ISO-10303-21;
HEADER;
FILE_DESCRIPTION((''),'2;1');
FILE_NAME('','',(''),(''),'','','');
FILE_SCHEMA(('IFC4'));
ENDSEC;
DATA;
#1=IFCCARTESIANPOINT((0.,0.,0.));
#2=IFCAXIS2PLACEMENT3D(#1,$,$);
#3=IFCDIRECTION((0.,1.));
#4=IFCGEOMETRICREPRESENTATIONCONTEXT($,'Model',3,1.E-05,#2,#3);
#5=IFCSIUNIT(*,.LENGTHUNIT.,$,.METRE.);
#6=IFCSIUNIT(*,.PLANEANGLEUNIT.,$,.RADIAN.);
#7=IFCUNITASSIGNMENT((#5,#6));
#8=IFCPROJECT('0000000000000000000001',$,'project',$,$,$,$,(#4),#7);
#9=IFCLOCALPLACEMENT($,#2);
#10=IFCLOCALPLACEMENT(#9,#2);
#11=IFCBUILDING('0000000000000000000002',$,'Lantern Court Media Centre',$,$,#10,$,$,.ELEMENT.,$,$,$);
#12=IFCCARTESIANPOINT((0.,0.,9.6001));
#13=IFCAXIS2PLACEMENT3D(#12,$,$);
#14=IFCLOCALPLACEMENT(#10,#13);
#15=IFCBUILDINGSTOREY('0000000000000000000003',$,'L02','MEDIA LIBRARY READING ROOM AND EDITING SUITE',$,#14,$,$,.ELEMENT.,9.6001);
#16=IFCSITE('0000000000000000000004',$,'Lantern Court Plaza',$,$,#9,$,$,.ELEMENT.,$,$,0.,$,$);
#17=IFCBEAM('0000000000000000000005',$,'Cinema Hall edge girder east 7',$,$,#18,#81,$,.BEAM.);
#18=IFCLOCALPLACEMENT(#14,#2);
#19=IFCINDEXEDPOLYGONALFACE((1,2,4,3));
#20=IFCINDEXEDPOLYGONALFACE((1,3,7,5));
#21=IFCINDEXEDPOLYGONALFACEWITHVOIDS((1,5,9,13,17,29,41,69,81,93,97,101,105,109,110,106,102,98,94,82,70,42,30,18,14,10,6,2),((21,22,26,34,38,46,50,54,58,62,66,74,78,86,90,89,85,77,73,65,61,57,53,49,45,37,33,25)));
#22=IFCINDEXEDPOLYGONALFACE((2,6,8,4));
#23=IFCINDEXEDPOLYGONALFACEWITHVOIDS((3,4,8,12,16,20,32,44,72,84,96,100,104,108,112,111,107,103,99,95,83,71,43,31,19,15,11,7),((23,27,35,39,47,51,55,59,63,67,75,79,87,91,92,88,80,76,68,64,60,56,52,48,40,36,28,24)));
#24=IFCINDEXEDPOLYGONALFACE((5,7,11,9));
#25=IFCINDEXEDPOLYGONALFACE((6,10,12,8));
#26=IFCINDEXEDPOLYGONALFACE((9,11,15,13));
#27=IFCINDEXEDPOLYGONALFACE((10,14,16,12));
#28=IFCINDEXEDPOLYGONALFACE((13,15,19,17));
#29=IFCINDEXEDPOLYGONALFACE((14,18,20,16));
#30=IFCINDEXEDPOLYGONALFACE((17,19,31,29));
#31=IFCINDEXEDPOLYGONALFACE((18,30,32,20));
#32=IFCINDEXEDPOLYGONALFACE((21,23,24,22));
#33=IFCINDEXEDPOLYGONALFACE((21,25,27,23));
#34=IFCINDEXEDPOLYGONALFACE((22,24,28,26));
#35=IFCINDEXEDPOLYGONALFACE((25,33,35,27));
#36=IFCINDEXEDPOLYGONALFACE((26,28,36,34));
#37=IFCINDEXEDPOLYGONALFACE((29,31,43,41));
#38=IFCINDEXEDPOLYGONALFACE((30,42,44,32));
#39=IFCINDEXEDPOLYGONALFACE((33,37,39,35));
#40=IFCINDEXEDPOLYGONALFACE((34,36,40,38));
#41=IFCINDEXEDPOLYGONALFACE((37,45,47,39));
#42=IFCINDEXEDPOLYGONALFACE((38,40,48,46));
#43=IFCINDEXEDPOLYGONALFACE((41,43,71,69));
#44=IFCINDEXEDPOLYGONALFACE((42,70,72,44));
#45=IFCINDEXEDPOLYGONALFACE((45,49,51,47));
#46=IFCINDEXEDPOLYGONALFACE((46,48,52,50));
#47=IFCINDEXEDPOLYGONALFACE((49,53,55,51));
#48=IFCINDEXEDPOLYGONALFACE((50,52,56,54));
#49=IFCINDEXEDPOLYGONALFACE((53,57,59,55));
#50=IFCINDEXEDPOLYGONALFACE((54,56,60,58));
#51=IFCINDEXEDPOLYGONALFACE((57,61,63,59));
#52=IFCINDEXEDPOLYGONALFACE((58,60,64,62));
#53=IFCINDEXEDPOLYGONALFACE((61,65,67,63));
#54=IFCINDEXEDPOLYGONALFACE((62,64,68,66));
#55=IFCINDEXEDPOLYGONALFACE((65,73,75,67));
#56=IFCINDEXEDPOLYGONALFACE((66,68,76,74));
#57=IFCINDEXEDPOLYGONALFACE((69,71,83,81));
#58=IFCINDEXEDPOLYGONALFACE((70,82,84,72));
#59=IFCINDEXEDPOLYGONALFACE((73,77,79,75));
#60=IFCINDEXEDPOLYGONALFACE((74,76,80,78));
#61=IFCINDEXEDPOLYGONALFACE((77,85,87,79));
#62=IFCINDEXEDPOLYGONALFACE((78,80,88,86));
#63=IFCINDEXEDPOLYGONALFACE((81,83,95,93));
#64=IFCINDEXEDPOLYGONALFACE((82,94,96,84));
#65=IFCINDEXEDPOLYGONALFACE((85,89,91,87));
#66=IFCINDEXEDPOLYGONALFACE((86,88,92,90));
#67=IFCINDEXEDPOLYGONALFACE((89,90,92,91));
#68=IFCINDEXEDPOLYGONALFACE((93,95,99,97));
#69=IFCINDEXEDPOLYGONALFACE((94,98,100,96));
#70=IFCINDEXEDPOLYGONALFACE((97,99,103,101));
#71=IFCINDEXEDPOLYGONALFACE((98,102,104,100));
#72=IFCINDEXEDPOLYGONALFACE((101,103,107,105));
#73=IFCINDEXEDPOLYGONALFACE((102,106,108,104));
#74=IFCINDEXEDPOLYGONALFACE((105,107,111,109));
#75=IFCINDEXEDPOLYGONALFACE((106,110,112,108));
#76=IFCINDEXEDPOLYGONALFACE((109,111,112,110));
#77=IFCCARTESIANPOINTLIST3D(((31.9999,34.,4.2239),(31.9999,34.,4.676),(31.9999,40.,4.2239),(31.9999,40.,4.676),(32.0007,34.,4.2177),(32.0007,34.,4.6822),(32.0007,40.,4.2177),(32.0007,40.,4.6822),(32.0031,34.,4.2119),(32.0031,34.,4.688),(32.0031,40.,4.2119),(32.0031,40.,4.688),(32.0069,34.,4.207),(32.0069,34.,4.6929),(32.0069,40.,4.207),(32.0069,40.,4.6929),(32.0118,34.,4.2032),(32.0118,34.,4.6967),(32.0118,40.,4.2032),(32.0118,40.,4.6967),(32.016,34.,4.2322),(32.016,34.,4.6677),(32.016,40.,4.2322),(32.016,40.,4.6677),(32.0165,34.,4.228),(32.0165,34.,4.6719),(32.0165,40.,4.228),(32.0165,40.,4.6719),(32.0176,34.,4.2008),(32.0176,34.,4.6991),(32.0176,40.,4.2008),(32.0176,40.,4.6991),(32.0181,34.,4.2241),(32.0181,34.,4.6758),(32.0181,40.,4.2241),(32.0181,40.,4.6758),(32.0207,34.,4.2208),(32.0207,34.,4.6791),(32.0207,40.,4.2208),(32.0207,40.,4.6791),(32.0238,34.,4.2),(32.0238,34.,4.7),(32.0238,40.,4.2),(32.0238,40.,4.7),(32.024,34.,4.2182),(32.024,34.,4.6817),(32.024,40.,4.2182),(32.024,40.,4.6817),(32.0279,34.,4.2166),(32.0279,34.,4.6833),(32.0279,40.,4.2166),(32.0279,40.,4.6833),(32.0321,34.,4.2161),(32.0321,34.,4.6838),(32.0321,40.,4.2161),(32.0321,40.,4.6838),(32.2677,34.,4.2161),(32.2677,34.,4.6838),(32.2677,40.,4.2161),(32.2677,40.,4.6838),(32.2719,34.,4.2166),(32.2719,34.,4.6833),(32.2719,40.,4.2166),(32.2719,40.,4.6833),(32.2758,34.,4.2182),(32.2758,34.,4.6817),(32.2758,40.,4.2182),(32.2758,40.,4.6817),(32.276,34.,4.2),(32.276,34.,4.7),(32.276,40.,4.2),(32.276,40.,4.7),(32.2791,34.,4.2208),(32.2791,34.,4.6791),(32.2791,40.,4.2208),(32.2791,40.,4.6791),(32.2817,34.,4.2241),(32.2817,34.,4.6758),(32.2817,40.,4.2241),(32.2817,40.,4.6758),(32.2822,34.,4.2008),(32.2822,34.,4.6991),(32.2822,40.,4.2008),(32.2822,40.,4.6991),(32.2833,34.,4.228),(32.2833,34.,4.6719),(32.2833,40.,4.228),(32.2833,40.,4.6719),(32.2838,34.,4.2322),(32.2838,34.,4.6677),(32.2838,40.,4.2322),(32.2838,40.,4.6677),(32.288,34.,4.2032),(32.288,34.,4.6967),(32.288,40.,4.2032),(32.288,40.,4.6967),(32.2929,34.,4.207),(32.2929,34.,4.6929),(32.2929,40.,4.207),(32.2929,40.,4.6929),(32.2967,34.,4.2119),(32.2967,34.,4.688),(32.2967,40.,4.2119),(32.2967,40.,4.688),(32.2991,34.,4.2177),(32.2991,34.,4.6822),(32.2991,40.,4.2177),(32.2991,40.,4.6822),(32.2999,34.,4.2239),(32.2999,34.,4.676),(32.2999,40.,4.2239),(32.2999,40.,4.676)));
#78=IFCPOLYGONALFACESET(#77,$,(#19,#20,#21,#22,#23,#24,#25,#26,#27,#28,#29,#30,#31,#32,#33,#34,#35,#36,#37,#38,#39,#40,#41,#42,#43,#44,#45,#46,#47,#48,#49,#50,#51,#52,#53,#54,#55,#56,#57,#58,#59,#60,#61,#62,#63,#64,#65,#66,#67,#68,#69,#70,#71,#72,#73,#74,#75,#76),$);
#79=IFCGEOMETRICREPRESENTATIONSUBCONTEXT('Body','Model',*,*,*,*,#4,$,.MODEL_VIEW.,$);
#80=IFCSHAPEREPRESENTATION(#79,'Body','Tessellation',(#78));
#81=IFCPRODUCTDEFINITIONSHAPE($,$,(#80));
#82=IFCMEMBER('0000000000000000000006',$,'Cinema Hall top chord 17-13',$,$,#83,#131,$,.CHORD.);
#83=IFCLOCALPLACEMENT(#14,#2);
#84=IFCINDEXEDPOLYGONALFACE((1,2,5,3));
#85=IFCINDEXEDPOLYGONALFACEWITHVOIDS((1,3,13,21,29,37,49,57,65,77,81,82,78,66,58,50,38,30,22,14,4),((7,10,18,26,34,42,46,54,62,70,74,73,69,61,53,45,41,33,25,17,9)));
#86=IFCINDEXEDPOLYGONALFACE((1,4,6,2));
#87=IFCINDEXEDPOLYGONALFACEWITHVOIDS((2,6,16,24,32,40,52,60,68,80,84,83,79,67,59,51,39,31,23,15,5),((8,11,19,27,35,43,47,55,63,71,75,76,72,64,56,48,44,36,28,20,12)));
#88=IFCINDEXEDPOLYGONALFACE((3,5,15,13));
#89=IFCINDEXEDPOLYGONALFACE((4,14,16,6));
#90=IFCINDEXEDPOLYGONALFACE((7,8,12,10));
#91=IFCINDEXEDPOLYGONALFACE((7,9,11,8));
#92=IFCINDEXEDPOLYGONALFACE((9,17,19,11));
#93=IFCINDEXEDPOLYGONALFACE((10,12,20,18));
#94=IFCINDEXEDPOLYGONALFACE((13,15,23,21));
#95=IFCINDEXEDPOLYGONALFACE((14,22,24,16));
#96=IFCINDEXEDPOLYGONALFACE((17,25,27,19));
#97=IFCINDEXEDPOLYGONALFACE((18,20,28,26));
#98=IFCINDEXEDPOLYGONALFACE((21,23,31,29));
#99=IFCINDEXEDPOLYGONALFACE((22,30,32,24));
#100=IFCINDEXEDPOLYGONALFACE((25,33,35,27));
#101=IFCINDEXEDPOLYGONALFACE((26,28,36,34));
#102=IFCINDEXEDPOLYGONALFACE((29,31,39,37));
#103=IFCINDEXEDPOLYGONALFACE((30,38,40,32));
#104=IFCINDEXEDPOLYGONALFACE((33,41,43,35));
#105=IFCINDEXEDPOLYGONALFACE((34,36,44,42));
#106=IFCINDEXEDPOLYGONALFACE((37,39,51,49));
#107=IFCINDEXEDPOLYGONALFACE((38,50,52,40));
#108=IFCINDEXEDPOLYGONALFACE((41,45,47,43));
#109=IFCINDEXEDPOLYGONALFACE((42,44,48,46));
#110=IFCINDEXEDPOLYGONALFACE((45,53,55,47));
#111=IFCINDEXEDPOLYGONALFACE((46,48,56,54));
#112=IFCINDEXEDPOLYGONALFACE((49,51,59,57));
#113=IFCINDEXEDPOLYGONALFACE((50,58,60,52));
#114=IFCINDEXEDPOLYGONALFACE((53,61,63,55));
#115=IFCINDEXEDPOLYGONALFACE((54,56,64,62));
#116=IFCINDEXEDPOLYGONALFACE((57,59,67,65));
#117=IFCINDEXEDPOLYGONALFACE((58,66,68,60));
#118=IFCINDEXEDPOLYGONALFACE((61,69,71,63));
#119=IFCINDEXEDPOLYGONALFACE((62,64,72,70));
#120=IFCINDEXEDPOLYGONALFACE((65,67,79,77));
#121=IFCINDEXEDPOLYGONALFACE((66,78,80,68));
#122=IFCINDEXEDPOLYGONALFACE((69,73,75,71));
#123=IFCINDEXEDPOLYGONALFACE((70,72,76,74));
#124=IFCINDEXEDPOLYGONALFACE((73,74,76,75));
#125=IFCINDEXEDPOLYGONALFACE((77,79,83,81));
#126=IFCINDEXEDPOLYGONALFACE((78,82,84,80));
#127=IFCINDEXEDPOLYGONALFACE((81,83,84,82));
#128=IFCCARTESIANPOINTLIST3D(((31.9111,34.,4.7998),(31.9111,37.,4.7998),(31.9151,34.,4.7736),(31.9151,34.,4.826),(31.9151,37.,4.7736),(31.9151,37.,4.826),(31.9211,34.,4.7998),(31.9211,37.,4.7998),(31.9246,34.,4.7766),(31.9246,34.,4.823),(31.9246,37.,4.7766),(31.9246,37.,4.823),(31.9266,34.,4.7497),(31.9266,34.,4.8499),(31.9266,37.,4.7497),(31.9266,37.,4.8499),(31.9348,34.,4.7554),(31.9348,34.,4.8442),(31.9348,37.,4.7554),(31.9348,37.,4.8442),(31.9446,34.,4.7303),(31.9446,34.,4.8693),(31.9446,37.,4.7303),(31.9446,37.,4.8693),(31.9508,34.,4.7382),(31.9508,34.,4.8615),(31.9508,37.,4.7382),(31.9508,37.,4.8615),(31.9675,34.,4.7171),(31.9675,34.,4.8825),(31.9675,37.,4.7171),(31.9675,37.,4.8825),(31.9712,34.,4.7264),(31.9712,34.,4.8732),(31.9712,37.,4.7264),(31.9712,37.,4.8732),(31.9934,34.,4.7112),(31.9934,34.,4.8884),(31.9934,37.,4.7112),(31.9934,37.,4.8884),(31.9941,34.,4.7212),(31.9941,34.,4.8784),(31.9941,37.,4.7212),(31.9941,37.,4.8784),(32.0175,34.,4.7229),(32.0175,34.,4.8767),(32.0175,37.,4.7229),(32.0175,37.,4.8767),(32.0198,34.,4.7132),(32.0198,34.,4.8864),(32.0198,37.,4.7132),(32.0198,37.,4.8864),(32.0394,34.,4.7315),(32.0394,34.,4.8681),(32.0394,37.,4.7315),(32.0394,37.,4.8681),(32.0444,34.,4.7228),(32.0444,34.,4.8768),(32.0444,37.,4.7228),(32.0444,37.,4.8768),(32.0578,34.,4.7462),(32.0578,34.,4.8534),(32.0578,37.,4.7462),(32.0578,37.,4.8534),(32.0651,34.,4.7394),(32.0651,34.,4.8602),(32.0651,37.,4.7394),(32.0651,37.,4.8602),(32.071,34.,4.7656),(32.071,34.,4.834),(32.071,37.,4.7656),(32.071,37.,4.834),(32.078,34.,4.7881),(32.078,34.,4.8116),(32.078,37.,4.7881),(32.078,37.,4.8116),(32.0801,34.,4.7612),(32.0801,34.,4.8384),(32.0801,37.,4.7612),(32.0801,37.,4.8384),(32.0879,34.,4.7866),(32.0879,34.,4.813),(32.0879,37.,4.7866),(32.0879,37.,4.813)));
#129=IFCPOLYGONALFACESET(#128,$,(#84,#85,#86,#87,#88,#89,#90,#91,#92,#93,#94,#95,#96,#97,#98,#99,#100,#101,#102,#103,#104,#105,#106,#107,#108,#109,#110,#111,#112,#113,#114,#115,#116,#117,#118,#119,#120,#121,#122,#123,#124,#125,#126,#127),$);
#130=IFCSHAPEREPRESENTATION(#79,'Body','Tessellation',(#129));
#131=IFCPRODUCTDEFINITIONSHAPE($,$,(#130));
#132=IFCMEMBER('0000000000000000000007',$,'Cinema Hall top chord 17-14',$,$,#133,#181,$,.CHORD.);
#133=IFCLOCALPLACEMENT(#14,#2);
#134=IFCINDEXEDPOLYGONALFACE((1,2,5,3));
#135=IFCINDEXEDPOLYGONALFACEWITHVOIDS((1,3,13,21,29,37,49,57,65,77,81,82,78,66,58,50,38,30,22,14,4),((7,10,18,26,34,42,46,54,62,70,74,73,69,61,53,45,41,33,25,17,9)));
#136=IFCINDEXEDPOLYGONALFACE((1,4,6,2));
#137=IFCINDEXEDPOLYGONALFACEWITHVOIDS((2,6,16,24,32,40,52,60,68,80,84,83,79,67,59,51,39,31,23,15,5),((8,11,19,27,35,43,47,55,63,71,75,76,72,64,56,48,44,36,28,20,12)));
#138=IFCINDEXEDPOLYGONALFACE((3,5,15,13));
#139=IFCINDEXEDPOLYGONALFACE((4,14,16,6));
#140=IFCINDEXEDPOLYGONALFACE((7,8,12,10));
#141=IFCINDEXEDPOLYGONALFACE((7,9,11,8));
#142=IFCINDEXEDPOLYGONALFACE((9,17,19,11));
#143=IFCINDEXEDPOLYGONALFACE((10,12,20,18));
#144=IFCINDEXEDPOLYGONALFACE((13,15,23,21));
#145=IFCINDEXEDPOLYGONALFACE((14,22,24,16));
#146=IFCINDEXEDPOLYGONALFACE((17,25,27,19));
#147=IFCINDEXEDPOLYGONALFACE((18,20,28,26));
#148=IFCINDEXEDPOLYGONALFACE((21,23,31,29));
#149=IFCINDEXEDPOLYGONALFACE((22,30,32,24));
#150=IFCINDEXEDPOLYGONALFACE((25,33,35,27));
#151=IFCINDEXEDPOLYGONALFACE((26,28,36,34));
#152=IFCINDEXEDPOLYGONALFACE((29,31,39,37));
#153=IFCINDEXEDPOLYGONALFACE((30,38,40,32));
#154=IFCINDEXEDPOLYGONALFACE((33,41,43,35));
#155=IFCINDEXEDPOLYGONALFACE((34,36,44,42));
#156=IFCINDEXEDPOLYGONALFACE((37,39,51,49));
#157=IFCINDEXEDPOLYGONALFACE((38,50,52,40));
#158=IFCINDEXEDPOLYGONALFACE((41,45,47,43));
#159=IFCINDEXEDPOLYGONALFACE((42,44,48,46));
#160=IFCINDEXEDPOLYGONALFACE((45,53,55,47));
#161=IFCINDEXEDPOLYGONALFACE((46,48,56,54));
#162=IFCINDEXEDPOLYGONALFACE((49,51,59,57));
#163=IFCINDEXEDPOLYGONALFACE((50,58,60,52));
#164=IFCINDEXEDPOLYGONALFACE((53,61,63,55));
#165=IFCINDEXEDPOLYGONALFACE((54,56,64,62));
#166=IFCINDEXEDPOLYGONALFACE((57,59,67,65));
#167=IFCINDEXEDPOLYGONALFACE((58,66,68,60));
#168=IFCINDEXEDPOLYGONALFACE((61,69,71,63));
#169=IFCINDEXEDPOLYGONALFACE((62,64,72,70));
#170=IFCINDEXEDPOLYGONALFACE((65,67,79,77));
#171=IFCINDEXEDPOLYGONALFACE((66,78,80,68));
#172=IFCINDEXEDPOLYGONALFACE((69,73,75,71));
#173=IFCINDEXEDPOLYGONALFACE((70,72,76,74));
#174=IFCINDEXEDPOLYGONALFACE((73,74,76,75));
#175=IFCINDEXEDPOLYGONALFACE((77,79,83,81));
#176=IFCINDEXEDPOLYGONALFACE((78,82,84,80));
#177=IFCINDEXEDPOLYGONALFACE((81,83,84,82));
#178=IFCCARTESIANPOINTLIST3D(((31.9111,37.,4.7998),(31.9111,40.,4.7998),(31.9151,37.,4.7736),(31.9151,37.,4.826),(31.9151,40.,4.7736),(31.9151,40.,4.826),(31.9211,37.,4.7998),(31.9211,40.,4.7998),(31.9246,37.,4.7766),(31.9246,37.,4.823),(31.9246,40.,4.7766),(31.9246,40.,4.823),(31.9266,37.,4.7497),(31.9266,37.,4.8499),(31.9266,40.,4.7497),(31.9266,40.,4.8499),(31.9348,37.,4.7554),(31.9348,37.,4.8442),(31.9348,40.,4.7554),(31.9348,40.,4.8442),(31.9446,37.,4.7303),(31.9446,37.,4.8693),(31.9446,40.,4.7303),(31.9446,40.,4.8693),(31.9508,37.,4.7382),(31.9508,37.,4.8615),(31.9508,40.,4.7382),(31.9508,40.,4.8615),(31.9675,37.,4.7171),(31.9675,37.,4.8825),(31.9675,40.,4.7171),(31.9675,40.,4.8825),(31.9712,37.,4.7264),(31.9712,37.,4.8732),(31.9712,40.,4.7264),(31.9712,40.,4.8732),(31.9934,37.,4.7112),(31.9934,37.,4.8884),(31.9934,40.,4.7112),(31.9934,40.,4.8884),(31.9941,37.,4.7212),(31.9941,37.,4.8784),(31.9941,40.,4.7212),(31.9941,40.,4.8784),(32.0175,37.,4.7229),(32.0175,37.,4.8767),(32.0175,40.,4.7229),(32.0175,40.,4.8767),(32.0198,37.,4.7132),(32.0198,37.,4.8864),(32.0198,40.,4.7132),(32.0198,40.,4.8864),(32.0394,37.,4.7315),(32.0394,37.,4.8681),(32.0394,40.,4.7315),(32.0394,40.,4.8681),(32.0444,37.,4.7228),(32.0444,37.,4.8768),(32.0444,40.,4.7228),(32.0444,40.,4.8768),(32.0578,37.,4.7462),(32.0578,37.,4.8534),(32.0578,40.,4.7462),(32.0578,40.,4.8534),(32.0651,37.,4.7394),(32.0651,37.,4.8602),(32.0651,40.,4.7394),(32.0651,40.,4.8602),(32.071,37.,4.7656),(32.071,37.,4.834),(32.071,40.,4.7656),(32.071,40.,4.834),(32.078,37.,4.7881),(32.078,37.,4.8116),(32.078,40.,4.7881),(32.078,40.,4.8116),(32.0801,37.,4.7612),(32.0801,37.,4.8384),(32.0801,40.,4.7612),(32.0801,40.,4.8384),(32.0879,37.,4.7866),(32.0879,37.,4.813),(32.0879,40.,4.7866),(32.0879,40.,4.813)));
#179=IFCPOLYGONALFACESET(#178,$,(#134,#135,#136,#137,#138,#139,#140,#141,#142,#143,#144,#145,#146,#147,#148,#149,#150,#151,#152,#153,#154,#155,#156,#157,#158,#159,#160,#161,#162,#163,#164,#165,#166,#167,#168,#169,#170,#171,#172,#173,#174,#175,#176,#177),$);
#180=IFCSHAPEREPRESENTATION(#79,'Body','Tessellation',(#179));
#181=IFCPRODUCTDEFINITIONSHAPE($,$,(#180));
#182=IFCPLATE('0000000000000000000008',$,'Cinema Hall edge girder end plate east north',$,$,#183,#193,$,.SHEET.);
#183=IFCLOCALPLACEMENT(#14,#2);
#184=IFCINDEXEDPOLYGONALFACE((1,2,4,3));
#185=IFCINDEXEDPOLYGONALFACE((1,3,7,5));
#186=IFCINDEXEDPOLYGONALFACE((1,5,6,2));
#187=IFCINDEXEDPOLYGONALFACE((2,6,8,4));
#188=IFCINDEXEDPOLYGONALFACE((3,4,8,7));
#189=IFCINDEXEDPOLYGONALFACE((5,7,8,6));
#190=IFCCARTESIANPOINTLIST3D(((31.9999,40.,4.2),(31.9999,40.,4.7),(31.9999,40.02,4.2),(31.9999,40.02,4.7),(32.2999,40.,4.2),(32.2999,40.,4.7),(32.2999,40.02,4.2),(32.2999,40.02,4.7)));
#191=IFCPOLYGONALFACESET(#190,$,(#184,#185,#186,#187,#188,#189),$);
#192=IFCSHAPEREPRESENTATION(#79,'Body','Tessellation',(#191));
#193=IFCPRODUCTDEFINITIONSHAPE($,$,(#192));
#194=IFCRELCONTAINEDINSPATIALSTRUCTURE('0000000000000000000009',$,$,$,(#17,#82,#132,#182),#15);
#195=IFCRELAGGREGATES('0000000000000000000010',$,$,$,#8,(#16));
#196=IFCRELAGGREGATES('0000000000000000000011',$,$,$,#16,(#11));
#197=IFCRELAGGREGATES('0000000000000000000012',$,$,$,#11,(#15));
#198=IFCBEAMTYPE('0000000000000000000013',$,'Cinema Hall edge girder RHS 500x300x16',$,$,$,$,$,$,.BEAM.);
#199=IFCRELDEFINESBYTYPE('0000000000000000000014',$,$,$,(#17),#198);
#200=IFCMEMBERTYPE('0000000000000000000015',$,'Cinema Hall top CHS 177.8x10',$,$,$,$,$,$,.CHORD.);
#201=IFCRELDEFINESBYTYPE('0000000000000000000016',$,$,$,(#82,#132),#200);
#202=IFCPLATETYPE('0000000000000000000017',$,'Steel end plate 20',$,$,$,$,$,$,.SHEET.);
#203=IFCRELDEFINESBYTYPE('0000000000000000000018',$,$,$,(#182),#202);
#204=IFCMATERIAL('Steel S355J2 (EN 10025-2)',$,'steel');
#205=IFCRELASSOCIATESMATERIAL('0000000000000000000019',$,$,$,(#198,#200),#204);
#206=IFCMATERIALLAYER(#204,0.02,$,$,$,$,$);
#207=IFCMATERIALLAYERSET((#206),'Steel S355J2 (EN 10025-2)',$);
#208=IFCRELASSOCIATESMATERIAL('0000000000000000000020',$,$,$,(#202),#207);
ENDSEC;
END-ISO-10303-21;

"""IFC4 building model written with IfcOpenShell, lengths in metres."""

from ifc_helpers import new_model, si_unit, direction, frame, origin, origin_2d, place, context, subcontext, project, spatial, rectangle, hollow_rectangle, hollow_circle, extrude, material, layer, layer_set, material_profile, profile_set, type_object, element, save


model = new_model("IFC4")

# Units and contexts
model_context = context("Model", 3, precision=1e-05, world=origin(), true_north=direction((0.0, 1.0)))
body_context = subcontext(model_context, "Body", "Model", "MODEL_VIEW")
ifc_project = project(units=[si_unit("LENGTHUNIT", "METRE"), si_unit("PLANEANGLEUNIT", "RADIAN")], contexts=[model_context])

# Site, building, storey
site_placement = place(None, origin())
site = spatial("IfcSite", under=ifc_project, at=site_placement, Name="Lantern Court Plaza", CompositionType="ELEMENT", RefElevation=0.0)
building_placement = place(site_placement, origin())
building = spatial("IfcBuilding", under=site, at=building_placement, Name="Lantern Court Media Centre", CompositionType="ELEMENT")
storey_placement = place(building_placement, frame((0.0, 0.0, 9.6001)))
storey = spatial("IfcBuildingStorey", under=building, at=storey_placement, Name="L02", Description="MEDIA LIBRARY READING ROOM AND EDITING SUITE", CompositionType="ELEMENT", Elevation=9.6001)

# Shared definitions
ifc_material_1 = material(Name="Steel S355J2 (EN 10025-2)", Category="steel")

# Beam
ifc_material_profile_1 = material_profile(ifc_material_1, hollow_rectangle(XDim=0.3, YDim=0.5, WallThickness=0.0161, InnerFilletRadius=0.0161, OuterFilletRadius=0.0239, at=origin_2d()), Name="Cinema Hall edge girder RHS 500x300x16")
ifc_profile_set_1 = profile_set([ifc_material_profile_1], Name="Steel S355J2 (EN 10025-2)")
beam_type = type_object("IfcBeamType", Name="Cinema Hall edge girder RHS 500x300x16", PredefinedType="BEAM", material=ifc_profile_set_1)
for number, where, z_axis, x_axis, name in (
    (1, (32.1499, 34.0, 4.45), (0.0, 1.0, 0.0), (-1.0, 0.0, 0.0), "Cinema Hall edge girder east 7"),
):
    element("IfcBeam", number, at=place(storey_placement, frame(where, z_axis=z_axis, x_axis=x_axis)), inside=storey, type_object=beam_type, Name=name, PredefinedType="BEAM", context=body_context, shape_type="SweptSolid", body=[
        extrude(hollow_rectangle(XDim=0.3, YDim=0.5, WallThickness=0.0161, InnerFilletRadius=0.0161, OuterFilletRadius=0.0239, at=origin_2d()), origin(), (0.0, 0.0, 1.0), 6.0),
    ])

# Members
ifc_material_profile_2 = material_profile(ifc_material_1, hollow_circle(Radius=0.0889, WallThickness=0.01, at=origin_2d()), Name="Cinema Hall top CHS 177.8x10")
ifc_profile_set_2 = profile_set([ifc_material_profile_2], Name="Steel S355J2 (EN 10025-2)")
member_type = type_object("IfcMemberType", Name="Cinema Hall top CHS 177.8x10", PredefinedType="CHORD", material=ifc_profile_set_2)
for number, where, z_axis, x_axis, name in (
    (2, (32.0, 34.0, 4.7998), (0.0, 1.0, 0.0), (-1.0, 0.0, 0.0), "Cinema Hall top chord 17-13"),
    (3, (32.0, 37.0, 4.7998), (0.0, 1.0, 0.0), (-1.0, 0.0, 0.0), "Cinema Hall top chord 17-14"),
):
    element("IfcMember", number, at=place(storey_placement, frame(where, z_axis=z_axis, x_axis=x_axis)), inside=storey, type_object=member_type, Name=name, PredefinedType="CHORD", context=body_context, shape_type="SweptSolid", body=[
        extrude(hollow_circle(Radius=0.0889, WallThickness=0.01, at=origin_2d()), origin(), (0.0, 0.0, 1.0), 3.0),
    ])

# Plate
ifc_layer_1 = layer(ifc_material_1, 0.02)
ifc_layer_set_1 = layer_set([ifc_layer_1], Name="Steel S355J2 (EN 10025-2)")
plate_type = type_object("IfcPlateType", Name="Steel end plate 20", PredefinedType="SHEET", material=ifc_layer_set_1)
plate_placement = place(storey_placement, frame((32.1499, 40.01, 4.2), z_axis=(0.0, 0.0, 1.0), x_axis=(1.0, 0.0, 0.0)))
element("IfcPlate", 4, at=plate_placement, inside=storey, type_object=plate_type, Name="Cinema Hall edge girder end plate east north", PredefinedType="SHEET", context=body_context, shape_type="SweptSolid", body=[
    extrude(rectangle(XDim=0.3, YDim=0.02, at=origin_2d()), origin(), (0.0, 0.0, 1.0), 0.5),
])

save(model, "model.ifc")
